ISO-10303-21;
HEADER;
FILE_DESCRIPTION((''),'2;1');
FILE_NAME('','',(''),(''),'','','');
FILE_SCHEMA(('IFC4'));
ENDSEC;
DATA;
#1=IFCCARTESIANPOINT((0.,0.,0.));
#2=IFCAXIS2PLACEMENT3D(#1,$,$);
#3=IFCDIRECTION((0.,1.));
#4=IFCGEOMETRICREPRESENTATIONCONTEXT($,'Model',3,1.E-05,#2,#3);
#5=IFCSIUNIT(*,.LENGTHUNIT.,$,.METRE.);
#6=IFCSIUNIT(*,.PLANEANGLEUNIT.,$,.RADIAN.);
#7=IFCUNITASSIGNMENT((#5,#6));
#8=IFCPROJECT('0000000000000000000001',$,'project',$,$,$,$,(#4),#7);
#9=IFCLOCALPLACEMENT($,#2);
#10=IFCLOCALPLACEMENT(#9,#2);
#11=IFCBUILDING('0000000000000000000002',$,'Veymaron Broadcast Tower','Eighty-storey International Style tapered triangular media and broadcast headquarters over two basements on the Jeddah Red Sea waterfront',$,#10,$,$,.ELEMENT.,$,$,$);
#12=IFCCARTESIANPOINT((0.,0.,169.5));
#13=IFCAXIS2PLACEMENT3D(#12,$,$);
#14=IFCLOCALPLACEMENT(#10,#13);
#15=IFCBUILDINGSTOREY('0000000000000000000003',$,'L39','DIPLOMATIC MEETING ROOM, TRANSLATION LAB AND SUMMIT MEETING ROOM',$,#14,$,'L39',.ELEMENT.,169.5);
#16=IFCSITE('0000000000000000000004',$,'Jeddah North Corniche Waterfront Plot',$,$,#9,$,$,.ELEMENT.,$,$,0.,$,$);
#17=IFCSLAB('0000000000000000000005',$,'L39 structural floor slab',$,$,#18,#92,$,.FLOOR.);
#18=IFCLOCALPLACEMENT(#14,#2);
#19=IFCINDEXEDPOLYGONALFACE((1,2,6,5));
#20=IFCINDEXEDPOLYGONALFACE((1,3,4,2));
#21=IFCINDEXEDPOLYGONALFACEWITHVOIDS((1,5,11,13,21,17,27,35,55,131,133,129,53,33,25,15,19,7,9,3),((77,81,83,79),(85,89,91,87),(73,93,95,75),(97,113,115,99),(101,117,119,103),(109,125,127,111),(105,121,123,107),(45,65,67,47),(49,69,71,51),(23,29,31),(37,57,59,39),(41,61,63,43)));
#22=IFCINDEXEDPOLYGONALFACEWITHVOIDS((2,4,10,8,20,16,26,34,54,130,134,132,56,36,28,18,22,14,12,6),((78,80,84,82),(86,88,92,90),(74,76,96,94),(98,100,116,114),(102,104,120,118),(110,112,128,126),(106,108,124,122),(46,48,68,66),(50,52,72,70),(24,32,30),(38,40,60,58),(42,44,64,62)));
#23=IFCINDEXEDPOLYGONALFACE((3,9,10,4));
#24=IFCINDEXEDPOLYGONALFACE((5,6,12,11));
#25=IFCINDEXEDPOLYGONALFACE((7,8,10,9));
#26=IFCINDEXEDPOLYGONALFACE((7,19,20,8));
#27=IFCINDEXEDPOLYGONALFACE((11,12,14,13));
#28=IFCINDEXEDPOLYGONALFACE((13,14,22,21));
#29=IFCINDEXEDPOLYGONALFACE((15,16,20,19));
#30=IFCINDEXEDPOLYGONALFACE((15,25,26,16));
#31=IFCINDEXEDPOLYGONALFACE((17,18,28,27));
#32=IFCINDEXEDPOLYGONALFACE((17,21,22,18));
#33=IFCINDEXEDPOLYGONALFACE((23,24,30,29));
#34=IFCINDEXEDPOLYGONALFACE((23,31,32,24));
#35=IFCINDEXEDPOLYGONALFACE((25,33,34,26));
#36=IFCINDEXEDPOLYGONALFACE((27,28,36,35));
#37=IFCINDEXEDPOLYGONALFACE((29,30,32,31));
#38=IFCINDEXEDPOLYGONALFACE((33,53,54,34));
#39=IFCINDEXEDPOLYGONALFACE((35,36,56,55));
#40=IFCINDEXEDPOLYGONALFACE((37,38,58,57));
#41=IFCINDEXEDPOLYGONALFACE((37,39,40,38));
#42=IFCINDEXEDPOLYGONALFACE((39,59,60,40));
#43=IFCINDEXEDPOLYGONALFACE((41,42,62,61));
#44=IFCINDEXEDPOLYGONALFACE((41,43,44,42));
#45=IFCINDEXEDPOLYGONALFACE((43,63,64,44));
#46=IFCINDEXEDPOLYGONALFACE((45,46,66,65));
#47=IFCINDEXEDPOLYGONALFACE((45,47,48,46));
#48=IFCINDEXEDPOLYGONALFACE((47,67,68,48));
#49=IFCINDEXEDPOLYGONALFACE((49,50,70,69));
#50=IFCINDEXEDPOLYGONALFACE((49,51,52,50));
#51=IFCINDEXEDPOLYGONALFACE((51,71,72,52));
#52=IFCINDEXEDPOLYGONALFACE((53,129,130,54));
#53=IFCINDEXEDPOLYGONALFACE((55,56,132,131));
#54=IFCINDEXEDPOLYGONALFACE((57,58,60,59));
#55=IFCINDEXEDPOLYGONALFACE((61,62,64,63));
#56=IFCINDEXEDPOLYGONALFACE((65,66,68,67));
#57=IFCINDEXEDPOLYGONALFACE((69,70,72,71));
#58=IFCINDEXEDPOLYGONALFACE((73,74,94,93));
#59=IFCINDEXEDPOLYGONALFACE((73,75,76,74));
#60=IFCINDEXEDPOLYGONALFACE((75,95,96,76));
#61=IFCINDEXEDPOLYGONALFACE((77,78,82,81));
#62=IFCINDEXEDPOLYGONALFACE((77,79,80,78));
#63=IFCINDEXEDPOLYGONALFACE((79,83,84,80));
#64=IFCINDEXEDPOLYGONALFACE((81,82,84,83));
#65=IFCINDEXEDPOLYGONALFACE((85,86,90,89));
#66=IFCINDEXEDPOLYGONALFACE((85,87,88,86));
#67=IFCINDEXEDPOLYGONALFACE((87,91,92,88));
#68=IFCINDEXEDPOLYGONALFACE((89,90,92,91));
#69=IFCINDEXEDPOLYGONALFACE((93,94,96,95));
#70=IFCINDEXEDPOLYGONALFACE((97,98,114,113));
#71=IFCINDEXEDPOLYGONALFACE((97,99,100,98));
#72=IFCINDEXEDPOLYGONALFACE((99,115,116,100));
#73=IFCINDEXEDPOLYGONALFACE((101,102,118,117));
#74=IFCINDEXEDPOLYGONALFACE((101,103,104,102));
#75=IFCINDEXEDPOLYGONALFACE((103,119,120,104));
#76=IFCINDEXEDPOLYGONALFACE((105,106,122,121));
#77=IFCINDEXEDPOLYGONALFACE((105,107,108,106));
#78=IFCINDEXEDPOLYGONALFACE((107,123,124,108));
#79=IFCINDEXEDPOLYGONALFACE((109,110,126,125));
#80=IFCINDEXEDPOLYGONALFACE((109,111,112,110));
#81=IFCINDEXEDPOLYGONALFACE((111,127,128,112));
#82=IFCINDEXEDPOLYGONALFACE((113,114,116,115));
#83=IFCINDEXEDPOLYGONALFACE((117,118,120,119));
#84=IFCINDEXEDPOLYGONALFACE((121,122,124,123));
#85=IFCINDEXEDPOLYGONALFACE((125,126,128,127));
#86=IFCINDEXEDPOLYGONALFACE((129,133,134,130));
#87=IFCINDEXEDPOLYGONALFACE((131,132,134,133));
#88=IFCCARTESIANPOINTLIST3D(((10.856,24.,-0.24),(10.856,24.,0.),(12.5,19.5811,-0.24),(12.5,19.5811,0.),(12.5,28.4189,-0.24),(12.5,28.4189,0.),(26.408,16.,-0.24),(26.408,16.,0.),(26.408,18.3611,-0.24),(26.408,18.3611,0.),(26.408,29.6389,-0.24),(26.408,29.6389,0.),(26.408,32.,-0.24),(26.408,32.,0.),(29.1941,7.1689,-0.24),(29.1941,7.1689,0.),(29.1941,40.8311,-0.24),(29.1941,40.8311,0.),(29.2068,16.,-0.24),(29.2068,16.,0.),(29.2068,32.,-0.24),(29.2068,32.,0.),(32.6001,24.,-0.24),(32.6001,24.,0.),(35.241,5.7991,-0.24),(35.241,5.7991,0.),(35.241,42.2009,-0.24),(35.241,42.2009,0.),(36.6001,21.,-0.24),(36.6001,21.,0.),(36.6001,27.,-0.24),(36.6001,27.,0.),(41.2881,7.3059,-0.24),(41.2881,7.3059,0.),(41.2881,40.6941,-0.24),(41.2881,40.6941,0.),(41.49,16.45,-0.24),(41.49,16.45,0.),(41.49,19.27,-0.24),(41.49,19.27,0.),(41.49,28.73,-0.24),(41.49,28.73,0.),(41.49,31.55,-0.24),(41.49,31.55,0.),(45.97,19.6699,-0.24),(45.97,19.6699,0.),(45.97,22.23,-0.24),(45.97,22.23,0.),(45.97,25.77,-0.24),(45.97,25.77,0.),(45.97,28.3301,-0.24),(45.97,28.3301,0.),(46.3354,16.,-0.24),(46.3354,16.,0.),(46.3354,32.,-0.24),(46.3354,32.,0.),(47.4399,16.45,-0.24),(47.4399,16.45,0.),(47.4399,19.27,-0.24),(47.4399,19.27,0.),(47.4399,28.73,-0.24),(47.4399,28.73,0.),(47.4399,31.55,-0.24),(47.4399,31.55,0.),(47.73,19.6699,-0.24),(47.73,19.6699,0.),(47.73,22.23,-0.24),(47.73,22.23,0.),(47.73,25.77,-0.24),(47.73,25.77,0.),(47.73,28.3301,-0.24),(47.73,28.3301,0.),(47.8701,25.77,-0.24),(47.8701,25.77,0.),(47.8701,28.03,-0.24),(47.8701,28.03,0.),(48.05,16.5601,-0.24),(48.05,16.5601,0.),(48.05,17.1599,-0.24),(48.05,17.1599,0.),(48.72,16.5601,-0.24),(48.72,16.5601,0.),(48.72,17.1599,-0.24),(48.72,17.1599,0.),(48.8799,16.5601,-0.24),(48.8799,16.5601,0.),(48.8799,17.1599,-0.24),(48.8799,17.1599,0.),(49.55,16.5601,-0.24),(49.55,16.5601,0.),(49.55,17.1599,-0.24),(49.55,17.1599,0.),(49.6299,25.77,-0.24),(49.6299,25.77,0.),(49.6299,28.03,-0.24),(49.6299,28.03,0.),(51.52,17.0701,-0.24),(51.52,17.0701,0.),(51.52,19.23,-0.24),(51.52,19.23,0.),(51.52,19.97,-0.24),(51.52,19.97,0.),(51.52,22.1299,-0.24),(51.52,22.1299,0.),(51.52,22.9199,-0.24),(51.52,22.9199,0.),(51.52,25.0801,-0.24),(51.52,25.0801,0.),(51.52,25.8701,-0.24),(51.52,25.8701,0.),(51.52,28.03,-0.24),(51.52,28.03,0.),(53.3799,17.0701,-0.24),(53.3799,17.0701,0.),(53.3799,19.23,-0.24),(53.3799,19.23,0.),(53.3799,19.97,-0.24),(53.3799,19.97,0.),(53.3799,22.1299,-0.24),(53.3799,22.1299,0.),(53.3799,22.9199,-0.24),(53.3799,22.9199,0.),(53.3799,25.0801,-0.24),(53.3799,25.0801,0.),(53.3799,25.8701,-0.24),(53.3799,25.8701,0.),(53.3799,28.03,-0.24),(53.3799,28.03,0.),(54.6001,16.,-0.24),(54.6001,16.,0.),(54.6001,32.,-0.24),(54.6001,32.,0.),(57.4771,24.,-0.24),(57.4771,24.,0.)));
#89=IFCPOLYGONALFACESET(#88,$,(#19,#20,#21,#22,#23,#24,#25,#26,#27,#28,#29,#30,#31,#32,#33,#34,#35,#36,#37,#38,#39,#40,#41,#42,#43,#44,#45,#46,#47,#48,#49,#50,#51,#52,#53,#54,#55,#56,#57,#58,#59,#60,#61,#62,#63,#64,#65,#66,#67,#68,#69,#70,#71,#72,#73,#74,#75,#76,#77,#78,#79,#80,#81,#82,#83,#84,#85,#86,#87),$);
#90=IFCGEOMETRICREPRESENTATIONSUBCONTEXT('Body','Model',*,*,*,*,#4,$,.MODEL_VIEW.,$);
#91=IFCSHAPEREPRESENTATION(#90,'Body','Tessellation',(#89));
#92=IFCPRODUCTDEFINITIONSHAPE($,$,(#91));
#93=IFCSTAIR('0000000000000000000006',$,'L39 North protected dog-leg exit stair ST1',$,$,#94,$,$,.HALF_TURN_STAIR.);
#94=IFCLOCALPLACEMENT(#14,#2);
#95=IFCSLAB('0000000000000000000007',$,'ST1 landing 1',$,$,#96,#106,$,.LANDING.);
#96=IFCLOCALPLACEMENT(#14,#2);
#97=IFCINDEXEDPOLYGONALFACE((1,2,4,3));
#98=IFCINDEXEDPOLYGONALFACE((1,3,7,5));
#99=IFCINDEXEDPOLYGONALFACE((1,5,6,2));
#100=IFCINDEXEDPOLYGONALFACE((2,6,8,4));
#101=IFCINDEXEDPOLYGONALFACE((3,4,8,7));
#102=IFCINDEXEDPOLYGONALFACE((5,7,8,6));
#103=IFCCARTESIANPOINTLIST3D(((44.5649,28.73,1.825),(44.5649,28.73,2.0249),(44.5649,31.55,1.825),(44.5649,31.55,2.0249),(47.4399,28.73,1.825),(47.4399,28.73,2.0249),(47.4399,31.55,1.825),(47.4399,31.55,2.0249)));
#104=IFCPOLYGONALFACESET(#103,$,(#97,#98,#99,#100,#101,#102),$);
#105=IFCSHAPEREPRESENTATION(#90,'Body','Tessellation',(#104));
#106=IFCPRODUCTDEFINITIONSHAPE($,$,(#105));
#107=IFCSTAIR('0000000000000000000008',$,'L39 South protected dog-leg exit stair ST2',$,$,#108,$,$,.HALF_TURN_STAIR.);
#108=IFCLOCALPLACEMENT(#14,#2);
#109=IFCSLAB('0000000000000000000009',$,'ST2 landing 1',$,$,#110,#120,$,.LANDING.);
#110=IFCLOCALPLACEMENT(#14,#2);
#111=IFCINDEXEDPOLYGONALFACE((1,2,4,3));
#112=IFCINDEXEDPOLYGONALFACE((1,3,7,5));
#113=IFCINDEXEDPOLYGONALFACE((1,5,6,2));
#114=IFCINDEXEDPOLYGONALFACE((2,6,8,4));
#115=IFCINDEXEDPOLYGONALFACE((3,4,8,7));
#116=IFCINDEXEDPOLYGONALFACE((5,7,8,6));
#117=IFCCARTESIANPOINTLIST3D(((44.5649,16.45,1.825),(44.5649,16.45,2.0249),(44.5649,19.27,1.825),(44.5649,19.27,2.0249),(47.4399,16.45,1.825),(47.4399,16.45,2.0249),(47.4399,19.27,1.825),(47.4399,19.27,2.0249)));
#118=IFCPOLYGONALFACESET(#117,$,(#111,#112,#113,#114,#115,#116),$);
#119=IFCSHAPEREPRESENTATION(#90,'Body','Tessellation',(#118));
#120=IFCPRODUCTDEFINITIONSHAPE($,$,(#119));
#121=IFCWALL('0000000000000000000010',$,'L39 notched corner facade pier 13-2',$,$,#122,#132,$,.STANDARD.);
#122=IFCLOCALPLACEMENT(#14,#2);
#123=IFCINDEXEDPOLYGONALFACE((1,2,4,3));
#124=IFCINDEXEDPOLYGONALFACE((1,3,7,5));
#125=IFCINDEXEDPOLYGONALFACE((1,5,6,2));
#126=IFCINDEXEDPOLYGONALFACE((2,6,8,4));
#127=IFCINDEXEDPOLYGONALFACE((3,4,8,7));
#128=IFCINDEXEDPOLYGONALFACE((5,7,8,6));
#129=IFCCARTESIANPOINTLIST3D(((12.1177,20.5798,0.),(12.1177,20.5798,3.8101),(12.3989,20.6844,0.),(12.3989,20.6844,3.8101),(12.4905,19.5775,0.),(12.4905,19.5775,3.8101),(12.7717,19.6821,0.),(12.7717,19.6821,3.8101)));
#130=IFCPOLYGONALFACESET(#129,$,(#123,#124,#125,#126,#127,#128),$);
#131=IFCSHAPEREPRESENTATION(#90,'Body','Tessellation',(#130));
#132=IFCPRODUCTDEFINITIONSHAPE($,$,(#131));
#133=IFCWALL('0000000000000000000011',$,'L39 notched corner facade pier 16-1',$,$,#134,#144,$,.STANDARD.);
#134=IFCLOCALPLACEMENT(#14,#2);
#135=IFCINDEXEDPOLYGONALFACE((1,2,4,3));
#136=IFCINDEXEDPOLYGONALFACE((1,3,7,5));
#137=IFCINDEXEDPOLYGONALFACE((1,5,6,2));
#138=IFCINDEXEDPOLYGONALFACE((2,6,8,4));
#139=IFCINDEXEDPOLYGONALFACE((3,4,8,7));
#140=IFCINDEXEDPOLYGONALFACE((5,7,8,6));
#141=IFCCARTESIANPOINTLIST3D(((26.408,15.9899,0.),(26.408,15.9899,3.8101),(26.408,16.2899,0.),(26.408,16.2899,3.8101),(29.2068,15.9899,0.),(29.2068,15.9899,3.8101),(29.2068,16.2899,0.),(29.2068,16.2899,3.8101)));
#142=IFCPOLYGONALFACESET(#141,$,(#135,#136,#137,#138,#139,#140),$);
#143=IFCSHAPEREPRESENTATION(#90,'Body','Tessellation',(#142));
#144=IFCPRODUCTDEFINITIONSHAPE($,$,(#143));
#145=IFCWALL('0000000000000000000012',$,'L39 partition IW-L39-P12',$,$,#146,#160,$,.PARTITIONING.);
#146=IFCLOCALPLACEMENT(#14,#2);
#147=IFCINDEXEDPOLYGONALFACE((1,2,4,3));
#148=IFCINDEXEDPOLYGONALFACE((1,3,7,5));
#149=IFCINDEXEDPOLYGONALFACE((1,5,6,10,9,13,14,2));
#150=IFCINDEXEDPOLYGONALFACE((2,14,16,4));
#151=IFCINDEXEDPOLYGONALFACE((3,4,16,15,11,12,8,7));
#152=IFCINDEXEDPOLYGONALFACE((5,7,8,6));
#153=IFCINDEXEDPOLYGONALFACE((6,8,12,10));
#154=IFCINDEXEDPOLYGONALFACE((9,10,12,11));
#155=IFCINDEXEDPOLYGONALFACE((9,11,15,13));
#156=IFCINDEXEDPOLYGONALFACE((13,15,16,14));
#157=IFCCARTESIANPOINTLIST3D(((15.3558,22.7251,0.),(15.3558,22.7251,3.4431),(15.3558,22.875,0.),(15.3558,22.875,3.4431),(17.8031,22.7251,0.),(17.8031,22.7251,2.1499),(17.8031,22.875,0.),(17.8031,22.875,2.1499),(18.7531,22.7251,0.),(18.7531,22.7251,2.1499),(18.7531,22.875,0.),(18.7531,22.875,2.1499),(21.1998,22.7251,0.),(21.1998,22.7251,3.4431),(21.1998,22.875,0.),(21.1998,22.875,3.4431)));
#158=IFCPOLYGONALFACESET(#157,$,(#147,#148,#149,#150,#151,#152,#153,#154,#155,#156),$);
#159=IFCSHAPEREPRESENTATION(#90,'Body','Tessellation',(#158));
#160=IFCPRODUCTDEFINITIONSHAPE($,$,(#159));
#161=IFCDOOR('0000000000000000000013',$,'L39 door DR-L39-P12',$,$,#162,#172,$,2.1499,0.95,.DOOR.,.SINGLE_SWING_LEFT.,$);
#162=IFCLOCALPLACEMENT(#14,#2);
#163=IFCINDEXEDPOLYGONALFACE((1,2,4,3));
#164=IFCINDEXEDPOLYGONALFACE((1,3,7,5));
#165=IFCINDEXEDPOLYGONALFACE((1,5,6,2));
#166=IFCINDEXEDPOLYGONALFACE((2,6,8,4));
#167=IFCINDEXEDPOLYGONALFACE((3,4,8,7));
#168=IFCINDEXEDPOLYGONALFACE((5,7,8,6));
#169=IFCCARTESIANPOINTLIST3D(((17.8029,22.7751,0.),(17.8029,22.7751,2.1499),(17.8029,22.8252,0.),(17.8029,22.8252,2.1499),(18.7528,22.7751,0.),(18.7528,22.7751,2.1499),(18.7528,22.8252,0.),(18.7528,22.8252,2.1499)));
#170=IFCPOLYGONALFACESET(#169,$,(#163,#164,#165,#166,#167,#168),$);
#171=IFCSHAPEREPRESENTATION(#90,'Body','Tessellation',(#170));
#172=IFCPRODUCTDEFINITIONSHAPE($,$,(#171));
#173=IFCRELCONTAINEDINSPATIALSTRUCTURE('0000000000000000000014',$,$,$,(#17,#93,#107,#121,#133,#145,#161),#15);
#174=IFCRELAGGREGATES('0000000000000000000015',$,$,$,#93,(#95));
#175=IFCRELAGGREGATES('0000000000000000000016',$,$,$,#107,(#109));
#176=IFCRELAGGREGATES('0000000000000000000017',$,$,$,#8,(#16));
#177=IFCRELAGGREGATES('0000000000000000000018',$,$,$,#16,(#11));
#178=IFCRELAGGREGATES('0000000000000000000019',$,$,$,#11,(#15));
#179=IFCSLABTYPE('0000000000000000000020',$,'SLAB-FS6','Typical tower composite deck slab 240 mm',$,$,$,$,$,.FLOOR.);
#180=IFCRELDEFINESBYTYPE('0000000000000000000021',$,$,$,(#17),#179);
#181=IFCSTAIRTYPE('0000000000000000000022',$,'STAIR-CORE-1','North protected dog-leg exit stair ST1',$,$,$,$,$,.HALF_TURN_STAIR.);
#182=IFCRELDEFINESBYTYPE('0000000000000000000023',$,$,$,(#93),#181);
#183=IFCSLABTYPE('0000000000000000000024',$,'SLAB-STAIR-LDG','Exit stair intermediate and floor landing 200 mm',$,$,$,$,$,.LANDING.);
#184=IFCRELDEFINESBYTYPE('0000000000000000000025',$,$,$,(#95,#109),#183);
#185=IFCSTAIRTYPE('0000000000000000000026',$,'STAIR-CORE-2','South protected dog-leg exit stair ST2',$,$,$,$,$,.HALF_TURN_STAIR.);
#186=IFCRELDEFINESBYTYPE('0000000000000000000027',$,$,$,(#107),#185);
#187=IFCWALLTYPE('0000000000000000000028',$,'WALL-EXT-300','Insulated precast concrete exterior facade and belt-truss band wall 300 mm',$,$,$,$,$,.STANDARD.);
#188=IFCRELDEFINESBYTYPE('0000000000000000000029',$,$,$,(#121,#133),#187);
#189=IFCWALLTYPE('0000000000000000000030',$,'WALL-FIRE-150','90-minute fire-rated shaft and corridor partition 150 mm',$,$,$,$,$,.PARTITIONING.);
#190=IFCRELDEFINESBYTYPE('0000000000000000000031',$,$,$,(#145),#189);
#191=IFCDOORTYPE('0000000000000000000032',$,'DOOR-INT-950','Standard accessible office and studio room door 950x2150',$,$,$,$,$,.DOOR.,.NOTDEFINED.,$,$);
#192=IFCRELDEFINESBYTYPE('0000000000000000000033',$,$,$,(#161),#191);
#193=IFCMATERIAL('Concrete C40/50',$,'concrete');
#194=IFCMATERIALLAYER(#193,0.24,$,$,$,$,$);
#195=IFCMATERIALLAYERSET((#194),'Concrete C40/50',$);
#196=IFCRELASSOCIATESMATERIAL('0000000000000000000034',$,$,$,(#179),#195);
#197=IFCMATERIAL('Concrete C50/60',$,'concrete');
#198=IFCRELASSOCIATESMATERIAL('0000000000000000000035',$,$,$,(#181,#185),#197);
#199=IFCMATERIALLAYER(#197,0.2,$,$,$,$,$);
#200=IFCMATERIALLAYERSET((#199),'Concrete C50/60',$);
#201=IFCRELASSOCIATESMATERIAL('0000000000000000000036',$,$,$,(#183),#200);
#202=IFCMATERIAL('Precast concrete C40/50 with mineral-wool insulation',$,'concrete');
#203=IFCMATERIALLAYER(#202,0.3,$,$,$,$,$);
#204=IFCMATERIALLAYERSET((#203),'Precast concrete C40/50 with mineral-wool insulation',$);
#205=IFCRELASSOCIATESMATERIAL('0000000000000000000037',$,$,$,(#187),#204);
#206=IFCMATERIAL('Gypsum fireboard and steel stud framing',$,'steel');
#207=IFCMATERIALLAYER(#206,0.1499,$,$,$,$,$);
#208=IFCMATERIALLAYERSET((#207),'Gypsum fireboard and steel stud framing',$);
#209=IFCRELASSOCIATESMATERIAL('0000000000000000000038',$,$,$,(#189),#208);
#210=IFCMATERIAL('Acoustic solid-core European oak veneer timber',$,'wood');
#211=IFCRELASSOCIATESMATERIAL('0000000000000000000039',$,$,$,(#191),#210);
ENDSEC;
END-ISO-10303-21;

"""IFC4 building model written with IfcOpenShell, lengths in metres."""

from ifc_helpers import new_model, si_unit, direction, frame, frame_2d, origin, place, context, subcontext, project, spatial, polyline, rectangle, outline, extrude, material, layer, layer_set, type_object, element, fill, aggregate, save


model = new_model("IFC4")

# Units and contexts
model_context = context("Model", 3, precision=1e-05, world=origin(), true_north=direction((0.0, 1.0)))
body_context = subcontext(model_context, "Body", "Model", "MODEL_VIEW")
ifc_project = project(units=[si_unit("LENGTHUNIT", "METRE"), si_unit("PLANEANGLEUNIT", "RADIAN")], contexts=[model_context])

# Site, building, storey
site_placement = place(None, origin())
site = spatial("IfcSite", under=ifc_project, at=site_placement, Name="Jeddah North Corniche Waterfront Plot", CompositionType="ELEMENT", RefElevation=0.0)
building_placement = place(site_placement, origin())
building = spatial("IfcBuilding", under=site, at=building_placement, Name="Veymaron Broadcast Tower", Description="Eighty-storey International Style tapered triangular media and broadcast headquarters over two basements on the Jeddah Red Sea waterfront", CompositionType="ELEMENT")
storey_placement = place(building_placement, frame((0.0, 0.0, 169.5)))
storey = spatial("IfcBuildingStorey", under=building, at=storey_placement, Name="L39", Description="DIPLOMATIC MEETING ROOM, TRANSLATION LAB AND SUMMIT MEETING ROOM", LongName="L39", CompositionType="ELEMENT", Elevation=169.5)

# Slab
ifc_material_1 = material(Name="Concrete C40/50", Category="concrete")
ifc_layer_1 = layer(ifc_material_1, 0.24)
ifc_layer_set_1 = layer_set([ifc_layer_1], Name="Concrete C40/50")
slab_type_1 = type_object("IfcSlabType", Name="SLAB-FS6", Description="Typical tower composite deck slab 240 mm", PredefinedType="FLOOR", material=ifc_layer_set_1)
slab_1_placement = place(storey_placement, frame((0.0, 0.0, -0.24)))
element("IfcSlab", 1, at=slab_1_placement, inside=storey, type_object=slab_type_1, Name="L39 structural floor slab", PredefinedType="FLOOR", context=body_context, shape_type="SweptSolid", body=[
    extrude(outline(polyline([(46.3354, 16.0), (54.6001, 16.0), (57.4771, 24.0), (54.6001, 32.0), (46.3354, 32.0), (41.2881, 40.6941), (35.241, 42.2009), (29.1941, 40.8311), (29.2068, 32.0), (26.408, 32.0), (26.408, 29.6389), (12.5, 28.4189), (10.856, 24.0), (12.5, 19.5811), (26.408, 18.3611), (26.408, 16.0), (29.2068, 16.0), (29.1941, 7.1689), (35.241, 5.7991), (41.2881, 7.3059), (46.3354, 16.0)]), holes=[polyline([(45.97, 28.3301), (47.73, 28.3301), (47.73, 25.77), (45.97, 25.77), (45.97, 28.3301)]), polyline([(45.97, 22.23), (47.73, 22.23), (47.73, 19.6699), (45.97, 19.6699), (45.97, 22.23)]), polyline([(47.8701, 28.03), (49.6299, 28.03), (49.6299, 25.77), (47.8701, 25.77), (47.8701, 28.03)]), polyline([(51.52, 28.03), (53.3799, 28.03), (53.3799, 25.8701), (51.52, 25.8701), (51.52, 28.03)]), polyline([(51.52, 22.1299), (53.3799, 22.1299), (53.3799, 19.97), (51.52, 19.97), (51.52, 22.1299)]), polyline([(51.52, 25.0801), (53.3799, 25.0801), (53.3799, 22.9199), (51.52, 22.9199), (51.52, 25.0801)]), polyline([(51.52, 19.23), (53.3799, 19.23), (53.3799, 17.0701), (51.52, 17.0701), (51.52, 19.23)]), polyline([(48.05, 17.1599), (48.72, 17.1599), (48.72, 16.5601), (48.05, 16.5601), (48.05, 17.1599)]), polyline([(48.8799, 17.1599), (49.55, 17.1599), (49.55, 16.5601), (48.8799, 16.5601), (48.8799, 17.1599)]), polyline([(36.6001, 27.0), (36.6001, 21.0), (32.6001, 24.0), (36.6001, 27.0)]), polyline([(41.49, 31.55), (47.4399, 31.55), (47.4399, 28.73), (41.49, 28.73), (41.49, 31.55)]), polyline([(41.49, 19.27), (47.4399, 19.27), (47.4399, 16.45), (41.49, 16.45), (41.49, 19.27)])]), origin(), (0.0, 0.0, 1.0), 0.24),
])

# Stairs, slabs
ifc_material_2 = material(Name="Concrete C50/60", Category="concrete")
stair_type_1 = type_object("IfcStairType", Name="STAIR-CORE-1", Description="North protected dog-leg exit stair ST1", PredefinedType="HALF_TURN_STAIR", material=ifc_material_2)
stair_1_placement = place(storey_placement, origin())
stair_1 = element("IfcStair", 2, at=stair_1_placement, inside=storey, type_object=stair_type_1, Name="L39 North protected dog-leg exit stair ST1", PredefinedType="HALF_TURN_STAIR")
ifc_layer_2 = layer(ifc_material_2, 0.2)
ifc_layer_set_2 = layer_set([ifc_layer_2], Name="Concrete C50/60")
slab_type_2 = type_object("IfcSlabType", Name="SLAB-STAIR-LDG", Description="Exit stair intermediate and floor landing 200 mm", PredefinedType="LANDING", material=ifc_layer_set_2)
slab_2_placement = place(storey_placement, frame((0.0, 0.0, 1.825)))
slab_2 = element("IfcSlab", 3, at=slab_2_placement, type_object=slab_type_2, Name="ST1 landing 1", PredefinedType="LANDING", context=body_context, shape_type="SweptSolid", body=[
    extrude(outline(polyline([(44.5649, 28.73), (47.4399, 28.73), (47.4399, 31.55), (44.5649, 31.55), (44.5649, 28.73)])), origin(), (0.0, 0.0, 1.0), 0.2),
])
aggregate(stair_1, [slab_2])
stair_type_2 = type_object("IfcStairType", Name="STAIR-CORE-2", Description="South protected dog-leg exit stair ST2", PredefinedType="HALF_TURN_STAIR", material=ifc_material_2)
stair_2_placement = place(storey_placement, origin())
stair_2 = element("IfcStair", 4, at=stair_2_placement, inside=storey, type_object=stair_type_2, Name="L39 South protected dog-leg exit stair ST2", PredefinedType="HALF_TURN_STAIR")
slab_3_placement = place(storey_placement, frame((0.0, 0.0, 1.825)))
slab_3 = element("IfcSlab", 5, at=slab_3_placement, type_object=slab_type_2, Name="ST2 landing 1", PredefinedType="LANDING", context=body_context, shape_type="SweptSolid", body=[
    extrude(outline(polyline([(44.5649, 16.45), (47.4399, 16.45), (47.4399, 19.27), (44.5649, 19.27), (44.5649, 16.45)])), origin(), (0.0, 0.0, 1.0), 0.2),
])
aggregate(stair_2, [slab_3])

# Walls
ifc_material_3 = material(Name="Precast concrete C40/50 with mineral-wool insulation", Category="concrete")
ifc_layer_3 = layer(ifc_material_3, 0.3)
ifc_layer_set_3 = layer_set([ifc_layer_3], Name="Precast concrete C40/50 with mineral-wool insulation")
wall_type_1 = type_object("IfcWallType", Name="WALL-EXT-300", Description="Insulated precast concrete exterior facade and belt-truss band wall 300 mm", PredefinedType="STANDARD", material=ifc_layer_set_3)
wall_1_placement = place(storey_placement, frame((12.2583, 20.6321, 0.0), z_axis=(0.0, 0.0, 1.0), x_axis=(0.348645, -0.937255, 0.0)))
element("IfcWall", 6, at=wall_1_placement, inside=storey, type_object=wall_type_1, Name="L39 notched corner facade pier 13-2", PredefinedType="STANDARD", context=body_context, shape_type="SweptSolid", body=[
    extrude(rectangle(XDim=1.0693, YDim=0.3, at=frame_2d((0.5347, 0.0))), origin(), (0.0, 0.0, 1.0), 3.8101),
])
wall_2_placement = place(storey_placement, frame((26.408, 16.1399, 0.0), z_axis=(0.0, 0.0, 1.0), x_axis=(1.0, 0.0, 0.0)))
element("IfcWall", 7, at=wall_2_placement, inside=storey, type_object=wall_type_1, Name="L39 notched corner facade pier 16-1", PredefinedType="STANDARD", context=body_context, shape_type="SweptSolid", body=[
    extrude(rectangle(XDim=2.7988, YDim=0.3, at=frame_2d((1.3994, 0.0))), origin(), (0.0, 0.0, 1.0), 3.8101),
])

# Wall, opening, door
ifc_material_4 = material(Name="Gypsum fireboard and steel stud framing", Category="steel")
ifc_layer_4 = layer(ifc_material_4, 0.1499)
ifc_layer_set_4 = layer_set([ifc_layer_4], Name="Gypsum fireboard and steel stud framing")
wall_type_2 = type_object("IfcWallType", Name="WALL-FIRE-150", Description="90-minute fire-rated shaft and corridor partition 150 mm", PredefinedType="PARTITIONING", material=ifc_layer_set_4)
wall_3_placement = place(storey_placement, frame((15.356, 22.8, 0.0), z_axis=(0.0, 0.0, 1.0), x_axis=(1.0, 0.0, 0.0)))
wall_3 = element("IfcWall", 8, at=wall_3_placement, inside=storey, type_object=wall_type_2, Name="L39 partition IW-L39-P12", PredefinedType="PARTITIONING", context=body_context, shape_type="SweptSolid", body=[
    extrude(rectangle(XDim=5.844, YDim=0.1499, at=frame_2d((2.9219, 0.0))), origin(), (0.0, 0.0, 1.0), 3.4431),
])
opening_placement = place(wall_3_placement, frame((2.447, 0.0, 0.0)))
opening = element("IfcOpeningElement", 9, at=opening_placement, cuts=wall_3, PredefinedType="OPENING", context=body_context, shape_type="SweptSolid", body=[
    extrude(rectangle(XDim=0.95, YDim=2.1499, at=frame_2d((0.4751, 1.075))), frame((0.0, 0.085, 0.0), z_axis=(0.0, -1.0, 0.0), x_axis=(1.0, 0.0, 0.0)), (0.0, 0.0, 1.0), 0.1699),
])
ifc_material_5 = material(Name="Acoustic solid-core European oak veneer timber", Category="wood")
door_type = type_object("IfcDoorType", Name="DOOR-INT-950", Description="Standard accessible office and studio room door 950x2150", OperationType="NOTDEFINED", PredefinedType="DOOR", material=ifc_material_5)
door_placement = place(opening_placement, frame((0.95, 0.0, 0.0), z_axis=(0.0, 0.0, 1.0), x_axis=(-1.0, 0.0, 0.0)))
door = element("IfcDoor", 10, at=door_placement, inside=storey, type_object=door_type, Name="L39 door DR-L39-P12", OperationType="SINGLE_SWING_LEFT", OverallHeight=2.1499, OverallWidth=0.95, PredefinedType="DOOR", context=body_context, shape_type="SweptSolid", body=[
    extrude(rectangle(XDim=0.95, YDim=2.1499, at=frame_2d((0.4751, 1.075))), frame((0.0, 0.0249, 0.0), z_axis=(0.0, -1.0, 0.0), x_axis=(1.0, 0.0, 0.0)), (0.0, 0.0, 1.0), 0.05),
])
fill(opening, door)

save(model, "model.ifc")
